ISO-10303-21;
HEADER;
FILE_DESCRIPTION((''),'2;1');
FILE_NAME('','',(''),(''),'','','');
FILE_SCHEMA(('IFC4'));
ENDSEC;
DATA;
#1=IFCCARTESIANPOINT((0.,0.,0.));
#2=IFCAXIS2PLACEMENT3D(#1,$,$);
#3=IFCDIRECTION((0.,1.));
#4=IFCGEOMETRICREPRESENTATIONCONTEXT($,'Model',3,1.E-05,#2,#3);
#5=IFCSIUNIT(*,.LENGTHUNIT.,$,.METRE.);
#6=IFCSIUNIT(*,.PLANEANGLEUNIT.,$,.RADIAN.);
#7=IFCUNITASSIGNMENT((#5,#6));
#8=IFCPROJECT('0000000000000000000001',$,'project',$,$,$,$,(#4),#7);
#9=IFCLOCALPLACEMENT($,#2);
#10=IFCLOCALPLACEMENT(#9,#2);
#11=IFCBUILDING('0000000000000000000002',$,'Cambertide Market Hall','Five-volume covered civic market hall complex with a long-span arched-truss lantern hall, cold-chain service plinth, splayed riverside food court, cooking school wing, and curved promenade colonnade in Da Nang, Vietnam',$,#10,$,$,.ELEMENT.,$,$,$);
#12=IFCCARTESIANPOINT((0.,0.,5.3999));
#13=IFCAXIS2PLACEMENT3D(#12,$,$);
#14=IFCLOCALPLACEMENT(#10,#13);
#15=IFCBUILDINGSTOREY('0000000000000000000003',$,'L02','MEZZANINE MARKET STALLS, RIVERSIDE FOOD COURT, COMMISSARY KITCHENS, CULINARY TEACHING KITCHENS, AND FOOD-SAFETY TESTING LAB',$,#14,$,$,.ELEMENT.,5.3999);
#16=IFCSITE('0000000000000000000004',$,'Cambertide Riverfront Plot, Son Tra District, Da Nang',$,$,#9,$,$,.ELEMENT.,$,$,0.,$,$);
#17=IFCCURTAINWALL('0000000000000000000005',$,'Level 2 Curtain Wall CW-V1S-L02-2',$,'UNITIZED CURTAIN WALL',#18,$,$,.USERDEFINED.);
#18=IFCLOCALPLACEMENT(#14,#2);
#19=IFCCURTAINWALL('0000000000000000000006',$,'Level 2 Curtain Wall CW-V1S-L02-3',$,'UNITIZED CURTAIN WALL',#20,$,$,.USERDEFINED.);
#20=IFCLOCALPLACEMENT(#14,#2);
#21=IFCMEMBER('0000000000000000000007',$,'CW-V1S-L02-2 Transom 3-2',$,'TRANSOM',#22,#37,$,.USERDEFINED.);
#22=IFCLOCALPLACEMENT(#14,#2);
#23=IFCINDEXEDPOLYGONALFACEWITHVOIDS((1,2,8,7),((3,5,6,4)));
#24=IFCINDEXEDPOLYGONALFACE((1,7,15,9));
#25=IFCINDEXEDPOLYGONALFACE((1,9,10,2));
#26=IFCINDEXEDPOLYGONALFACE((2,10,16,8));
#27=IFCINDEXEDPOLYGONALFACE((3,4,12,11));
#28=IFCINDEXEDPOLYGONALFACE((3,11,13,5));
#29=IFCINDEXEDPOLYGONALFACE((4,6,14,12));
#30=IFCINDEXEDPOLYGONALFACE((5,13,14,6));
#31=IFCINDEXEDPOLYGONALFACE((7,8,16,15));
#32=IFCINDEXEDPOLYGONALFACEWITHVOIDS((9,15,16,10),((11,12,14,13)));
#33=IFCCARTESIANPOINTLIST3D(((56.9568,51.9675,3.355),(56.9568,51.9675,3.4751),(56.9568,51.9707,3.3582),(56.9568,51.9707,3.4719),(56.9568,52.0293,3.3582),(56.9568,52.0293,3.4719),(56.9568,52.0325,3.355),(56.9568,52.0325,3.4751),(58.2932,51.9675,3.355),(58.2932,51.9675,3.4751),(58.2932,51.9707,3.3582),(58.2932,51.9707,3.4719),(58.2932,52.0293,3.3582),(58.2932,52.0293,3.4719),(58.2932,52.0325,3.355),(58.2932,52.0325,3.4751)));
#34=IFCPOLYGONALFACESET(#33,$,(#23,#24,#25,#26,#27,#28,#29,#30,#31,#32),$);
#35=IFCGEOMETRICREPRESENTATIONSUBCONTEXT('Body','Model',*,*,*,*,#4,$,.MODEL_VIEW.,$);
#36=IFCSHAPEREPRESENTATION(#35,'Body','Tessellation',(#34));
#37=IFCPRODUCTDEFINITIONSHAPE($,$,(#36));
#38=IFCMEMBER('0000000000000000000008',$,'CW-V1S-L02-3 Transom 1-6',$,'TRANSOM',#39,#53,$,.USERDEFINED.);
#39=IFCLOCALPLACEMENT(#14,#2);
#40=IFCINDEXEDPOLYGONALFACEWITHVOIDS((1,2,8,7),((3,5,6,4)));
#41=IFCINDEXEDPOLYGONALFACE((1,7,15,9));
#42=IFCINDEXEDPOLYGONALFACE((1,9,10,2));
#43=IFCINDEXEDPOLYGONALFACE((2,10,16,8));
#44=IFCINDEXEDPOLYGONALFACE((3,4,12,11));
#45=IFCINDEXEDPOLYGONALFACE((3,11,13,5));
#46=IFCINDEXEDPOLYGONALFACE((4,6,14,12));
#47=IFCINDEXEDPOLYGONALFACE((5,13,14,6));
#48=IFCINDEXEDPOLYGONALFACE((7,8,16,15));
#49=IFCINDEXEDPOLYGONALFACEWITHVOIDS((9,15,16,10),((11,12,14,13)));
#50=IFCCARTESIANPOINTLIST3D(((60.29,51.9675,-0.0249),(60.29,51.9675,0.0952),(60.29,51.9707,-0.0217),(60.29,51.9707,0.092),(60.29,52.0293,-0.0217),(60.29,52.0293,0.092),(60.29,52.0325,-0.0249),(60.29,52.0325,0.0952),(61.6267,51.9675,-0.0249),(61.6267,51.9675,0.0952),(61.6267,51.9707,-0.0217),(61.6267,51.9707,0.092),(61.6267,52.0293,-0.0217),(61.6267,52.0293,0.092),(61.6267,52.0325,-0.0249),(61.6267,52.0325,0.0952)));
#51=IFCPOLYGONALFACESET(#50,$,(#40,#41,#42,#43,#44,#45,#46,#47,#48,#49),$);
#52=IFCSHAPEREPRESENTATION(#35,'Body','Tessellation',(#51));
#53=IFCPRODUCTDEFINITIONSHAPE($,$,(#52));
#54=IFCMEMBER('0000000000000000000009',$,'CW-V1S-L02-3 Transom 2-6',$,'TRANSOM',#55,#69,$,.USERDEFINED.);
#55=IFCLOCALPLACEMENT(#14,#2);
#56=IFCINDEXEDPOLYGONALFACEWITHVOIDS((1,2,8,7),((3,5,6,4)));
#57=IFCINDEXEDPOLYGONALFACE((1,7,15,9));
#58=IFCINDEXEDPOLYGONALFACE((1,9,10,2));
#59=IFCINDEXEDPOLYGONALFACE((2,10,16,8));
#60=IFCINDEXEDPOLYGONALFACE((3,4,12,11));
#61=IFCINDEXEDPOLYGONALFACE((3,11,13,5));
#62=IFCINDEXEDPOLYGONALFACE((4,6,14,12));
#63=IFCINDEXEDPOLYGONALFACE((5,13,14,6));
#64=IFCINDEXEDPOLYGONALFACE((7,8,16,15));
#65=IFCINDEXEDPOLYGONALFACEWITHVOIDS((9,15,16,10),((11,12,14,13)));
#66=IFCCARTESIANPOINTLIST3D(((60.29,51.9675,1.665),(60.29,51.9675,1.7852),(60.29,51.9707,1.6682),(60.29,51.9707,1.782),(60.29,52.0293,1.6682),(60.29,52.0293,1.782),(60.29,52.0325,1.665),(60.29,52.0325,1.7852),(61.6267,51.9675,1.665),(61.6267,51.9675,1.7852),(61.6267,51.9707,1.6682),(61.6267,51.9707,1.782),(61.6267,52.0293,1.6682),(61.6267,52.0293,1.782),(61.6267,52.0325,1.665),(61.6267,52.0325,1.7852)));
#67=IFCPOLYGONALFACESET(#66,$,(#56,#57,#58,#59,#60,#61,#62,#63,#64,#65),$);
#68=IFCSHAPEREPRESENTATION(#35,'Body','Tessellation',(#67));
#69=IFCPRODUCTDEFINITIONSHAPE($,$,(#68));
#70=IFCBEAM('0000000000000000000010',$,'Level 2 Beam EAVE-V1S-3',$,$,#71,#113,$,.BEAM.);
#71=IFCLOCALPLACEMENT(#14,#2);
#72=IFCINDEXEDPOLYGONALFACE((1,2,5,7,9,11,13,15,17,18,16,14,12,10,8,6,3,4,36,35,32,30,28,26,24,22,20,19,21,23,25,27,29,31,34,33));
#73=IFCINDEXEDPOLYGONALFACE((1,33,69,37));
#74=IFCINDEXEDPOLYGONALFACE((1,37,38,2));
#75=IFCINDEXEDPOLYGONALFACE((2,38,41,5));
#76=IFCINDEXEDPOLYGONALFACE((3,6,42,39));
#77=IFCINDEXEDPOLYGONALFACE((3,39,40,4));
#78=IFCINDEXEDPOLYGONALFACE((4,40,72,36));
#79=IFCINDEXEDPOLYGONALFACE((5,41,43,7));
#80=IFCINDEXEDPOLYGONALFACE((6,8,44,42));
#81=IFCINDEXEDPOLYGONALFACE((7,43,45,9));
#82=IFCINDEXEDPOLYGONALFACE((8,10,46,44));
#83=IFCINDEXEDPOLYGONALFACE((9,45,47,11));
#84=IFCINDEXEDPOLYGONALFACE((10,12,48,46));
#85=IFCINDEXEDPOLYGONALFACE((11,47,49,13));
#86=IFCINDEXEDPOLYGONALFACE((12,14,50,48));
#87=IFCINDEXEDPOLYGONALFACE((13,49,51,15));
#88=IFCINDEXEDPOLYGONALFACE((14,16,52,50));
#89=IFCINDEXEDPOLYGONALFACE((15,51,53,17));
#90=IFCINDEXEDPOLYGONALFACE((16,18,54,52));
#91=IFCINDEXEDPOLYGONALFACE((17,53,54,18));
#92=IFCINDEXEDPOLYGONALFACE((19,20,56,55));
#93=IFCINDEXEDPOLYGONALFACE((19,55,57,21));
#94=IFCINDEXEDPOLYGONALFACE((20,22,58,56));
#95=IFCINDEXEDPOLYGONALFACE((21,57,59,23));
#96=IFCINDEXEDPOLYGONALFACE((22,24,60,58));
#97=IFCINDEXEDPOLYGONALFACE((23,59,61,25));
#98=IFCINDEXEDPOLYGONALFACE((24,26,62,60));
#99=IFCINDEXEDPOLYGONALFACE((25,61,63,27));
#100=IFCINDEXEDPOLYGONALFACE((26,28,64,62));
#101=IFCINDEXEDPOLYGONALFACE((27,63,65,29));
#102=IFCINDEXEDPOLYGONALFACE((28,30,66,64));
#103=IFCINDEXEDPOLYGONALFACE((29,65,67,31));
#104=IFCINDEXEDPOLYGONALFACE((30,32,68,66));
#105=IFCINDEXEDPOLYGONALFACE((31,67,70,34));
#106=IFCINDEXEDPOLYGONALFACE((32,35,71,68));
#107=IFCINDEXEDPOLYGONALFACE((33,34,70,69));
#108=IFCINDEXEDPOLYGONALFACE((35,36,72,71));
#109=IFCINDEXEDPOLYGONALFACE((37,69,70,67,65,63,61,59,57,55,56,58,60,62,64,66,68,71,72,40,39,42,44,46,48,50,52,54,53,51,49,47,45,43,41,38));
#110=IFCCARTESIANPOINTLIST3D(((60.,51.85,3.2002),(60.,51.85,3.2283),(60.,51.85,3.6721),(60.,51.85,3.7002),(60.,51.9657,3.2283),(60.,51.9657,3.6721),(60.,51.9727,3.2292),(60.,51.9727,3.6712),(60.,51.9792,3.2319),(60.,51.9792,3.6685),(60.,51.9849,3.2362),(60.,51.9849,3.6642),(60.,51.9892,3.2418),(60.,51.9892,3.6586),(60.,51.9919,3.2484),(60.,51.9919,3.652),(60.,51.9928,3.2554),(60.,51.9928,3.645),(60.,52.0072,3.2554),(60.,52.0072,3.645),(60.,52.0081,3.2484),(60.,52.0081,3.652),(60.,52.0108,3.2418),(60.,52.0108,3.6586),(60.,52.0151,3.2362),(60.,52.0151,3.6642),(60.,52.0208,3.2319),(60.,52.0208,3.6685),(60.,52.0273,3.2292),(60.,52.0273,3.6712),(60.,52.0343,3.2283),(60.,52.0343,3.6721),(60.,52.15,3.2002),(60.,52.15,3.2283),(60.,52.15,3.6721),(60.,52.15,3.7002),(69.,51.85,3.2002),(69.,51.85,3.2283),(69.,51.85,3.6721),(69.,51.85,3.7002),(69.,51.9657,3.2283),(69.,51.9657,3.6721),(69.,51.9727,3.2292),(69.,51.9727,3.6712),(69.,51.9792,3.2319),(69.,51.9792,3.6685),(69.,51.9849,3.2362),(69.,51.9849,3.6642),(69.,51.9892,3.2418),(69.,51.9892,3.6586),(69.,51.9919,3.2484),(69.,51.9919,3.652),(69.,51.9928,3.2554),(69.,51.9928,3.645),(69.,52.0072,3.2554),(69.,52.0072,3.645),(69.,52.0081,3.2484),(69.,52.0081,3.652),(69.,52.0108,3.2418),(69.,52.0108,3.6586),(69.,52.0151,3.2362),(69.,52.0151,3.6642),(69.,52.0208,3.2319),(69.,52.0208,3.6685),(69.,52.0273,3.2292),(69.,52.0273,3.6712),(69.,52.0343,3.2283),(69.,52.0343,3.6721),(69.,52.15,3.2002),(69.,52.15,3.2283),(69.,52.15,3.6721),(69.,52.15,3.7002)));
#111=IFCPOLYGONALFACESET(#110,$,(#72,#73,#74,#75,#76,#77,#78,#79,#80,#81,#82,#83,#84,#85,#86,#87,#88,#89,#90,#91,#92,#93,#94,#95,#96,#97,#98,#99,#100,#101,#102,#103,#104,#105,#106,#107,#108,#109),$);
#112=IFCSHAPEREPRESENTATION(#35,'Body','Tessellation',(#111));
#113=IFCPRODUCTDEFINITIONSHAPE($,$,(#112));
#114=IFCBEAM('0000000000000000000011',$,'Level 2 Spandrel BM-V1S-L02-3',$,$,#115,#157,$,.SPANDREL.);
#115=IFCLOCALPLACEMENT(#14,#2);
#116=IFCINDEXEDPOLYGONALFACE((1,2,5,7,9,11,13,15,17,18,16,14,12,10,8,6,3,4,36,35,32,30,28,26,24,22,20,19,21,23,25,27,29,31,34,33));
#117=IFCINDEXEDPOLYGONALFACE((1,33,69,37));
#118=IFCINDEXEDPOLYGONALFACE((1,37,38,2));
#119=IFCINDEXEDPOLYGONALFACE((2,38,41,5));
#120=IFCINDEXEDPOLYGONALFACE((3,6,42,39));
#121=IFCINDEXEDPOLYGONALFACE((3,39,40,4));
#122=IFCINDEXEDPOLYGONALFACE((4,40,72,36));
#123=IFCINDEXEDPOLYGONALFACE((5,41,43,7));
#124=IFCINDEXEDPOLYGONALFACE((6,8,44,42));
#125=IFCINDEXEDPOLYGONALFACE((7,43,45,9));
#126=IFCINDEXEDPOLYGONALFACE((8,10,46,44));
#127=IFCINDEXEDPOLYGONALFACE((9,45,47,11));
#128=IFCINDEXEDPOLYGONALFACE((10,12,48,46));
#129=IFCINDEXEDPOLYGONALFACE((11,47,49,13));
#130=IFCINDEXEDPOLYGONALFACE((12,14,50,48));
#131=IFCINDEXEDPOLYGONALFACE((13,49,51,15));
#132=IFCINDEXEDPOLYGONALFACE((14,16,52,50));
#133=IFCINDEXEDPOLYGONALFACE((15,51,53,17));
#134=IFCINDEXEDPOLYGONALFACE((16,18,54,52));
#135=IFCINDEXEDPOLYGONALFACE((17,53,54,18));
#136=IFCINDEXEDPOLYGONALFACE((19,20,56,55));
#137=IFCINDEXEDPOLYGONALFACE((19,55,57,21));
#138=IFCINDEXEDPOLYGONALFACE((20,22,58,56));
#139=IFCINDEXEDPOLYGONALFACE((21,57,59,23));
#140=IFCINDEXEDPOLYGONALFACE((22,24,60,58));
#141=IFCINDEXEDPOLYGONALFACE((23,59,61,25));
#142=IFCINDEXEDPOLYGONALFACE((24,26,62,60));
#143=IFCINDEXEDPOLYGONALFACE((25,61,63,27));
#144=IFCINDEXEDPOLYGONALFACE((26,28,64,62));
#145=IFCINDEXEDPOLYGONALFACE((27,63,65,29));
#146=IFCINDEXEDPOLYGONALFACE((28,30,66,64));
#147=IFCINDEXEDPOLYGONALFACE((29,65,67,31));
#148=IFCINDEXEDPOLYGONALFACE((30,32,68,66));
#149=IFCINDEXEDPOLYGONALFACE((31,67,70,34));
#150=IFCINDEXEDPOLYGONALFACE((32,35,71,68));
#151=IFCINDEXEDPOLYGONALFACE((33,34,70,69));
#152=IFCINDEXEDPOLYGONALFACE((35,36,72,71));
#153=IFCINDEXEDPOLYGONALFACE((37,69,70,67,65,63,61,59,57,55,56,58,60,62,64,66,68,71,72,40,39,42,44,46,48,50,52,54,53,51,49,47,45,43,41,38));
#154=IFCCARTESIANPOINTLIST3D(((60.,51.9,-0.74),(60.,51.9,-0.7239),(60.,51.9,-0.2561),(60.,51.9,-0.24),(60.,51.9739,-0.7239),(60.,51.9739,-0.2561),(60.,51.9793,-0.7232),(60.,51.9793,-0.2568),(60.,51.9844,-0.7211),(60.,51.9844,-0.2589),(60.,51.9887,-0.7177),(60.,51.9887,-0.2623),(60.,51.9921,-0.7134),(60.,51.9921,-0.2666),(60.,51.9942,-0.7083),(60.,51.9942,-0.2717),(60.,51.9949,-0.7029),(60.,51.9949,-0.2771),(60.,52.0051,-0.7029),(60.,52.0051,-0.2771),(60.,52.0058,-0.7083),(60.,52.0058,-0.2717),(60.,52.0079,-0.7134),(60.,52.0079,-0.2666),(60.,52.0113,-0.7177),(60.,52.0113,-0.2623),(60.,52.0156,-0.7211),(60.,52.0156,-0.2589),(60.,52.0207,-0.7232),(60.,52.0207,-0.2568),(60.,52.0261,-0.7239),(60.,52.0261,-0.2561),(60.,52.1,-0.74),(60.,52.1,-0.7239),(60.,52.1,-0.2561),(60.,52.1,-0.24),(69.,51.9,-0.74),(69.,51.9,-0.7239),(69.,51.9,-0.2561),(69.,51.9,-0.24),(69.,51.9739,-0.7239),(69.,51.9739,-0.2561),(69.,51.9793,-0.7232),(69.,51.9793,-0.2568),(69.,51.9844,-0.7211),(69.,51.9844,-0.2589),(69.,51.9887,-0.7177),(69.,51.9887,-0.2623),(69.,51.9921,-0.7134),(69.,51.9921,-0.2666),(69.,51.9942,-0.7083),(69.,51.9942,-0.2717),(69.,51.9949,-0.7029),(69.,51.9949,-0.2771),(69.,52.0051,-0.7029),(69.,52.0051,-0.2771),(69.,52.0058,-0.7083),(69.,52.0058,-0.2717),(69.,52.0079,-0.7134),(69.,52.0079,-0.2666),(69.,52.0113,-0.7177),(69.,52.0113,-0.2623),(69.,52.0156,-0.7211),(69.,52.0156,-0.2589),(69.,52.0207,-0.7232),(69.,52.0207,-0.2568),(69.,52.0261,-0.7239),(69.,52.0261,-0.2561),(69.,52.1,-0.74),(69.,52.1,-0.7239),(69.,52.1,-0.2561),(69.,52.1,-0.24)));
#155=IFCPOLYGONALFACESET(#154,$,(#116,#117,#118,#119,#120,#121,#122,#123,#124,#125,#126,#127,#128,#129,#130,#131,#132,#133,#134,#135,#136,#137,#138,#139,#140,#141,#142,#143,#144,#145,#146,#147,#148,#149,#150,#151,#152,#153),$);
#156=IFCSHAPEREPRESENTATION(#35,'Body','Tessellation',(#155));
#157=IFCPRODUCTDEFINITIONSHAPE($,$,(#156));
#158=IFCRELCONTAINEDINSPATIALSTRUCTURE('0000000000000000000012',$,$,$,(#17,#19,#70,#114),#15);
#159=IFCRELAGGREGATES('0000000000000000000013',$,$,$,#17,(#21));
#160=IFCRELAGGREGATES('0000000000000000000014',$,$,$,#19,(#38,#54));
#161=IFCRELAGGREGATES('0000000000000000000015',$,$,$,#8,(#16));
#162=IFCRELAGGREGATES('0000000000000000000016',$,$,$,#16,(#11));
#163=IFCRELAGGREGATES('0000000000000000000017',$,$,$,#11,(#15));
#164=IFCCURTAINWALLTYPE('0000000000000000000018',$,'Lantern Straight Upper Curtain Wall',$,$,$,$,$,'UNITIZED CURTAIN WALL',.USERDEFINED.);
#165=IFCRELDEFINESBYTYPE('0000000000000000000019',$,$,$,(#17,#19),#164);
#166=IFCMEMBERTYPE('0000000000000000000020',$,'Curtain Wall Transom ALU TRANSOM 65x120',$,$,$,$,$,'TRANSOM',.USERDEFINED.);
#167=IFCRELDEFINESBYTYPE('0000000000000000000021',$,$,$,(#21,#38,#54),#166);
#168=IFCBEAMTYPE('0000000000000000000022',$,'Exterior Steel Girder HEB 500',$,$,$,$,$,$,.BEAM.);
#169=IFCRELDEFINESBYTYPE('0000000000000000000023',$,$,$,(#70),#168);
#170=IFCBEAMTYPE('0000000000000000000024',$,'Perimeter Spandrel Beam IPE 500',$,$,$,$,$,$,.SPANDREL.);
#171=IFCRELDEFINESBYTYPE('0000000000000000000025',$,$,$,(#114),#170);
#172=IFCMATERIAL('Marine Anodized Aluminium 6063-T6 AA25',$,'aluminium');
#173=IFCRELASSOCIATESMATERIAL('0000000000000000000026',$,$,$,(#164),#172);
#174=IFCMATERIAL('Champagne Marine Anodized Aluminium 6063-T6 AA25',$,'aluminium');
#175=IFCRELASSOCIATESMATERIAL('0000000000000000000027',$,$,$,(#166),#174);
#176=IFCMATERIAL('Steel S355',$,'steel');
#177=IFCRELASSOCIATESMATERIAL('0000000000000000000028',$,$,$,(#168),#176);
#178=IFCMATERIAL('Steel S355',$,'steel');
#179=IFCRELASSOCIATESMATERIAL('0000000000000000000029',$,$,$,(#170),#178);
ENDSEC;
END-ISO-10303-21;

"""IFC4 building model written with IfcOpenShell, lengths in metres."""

from ifc_helpers import new_model, si_unit, direction, frame, origin, origin_2d, place, context, subcontext, project, spatial, hollow_rectangle, i_section, extrude, material, material_profile, profile_set, type_object, element, aggregate, save


model = new_model("IFC4")

# Units and contexts
model_context = context("Model", 3, precision=1e-05, world=origin(), true_north=direction((0.0, 1.0)))
body_context = subcontext(model_context, "Body", "Model", "MODEL_VIEW")
ifc_project = project(units=[si_unit("LENGTHUNIT", "METRE"), si_unit("PLANEANGLEUNIT", "RADIAN")], contexts=[model_context])

# Site, building, storey
site_placement = place(None, origin())
site = spatial("IfcSite", under=ifc_project, at=site_placement, Name="Cambertide Riverfront Plot, Son Tra District, Da Nang", CompositionType="ELEMENT", RefElevation=0.0)
building_placement = place(site_placement, origin())
building = spatial("IfcBuilding", under=site, at=building_placement, Name="Cambertide Market Hall", Description="Five-volume covered civic market hall complex with a long-span arched-truss lantern hall, cold-chain service plinth, splayed riverside food court, cooking school wing, and curved promenade colonnade in Da Nang, Vietnam", CompositionType="ELEMENT")
storey_placement = place(building_placement, frame((0.0, 0.0, 5.3999)))
storey = spatial("IfcBuildingStorey", under=building, at=storey_placement, Name="L02", Description="MEZZANINE MARKET STALLS, RIVERSIDE FOOD COURT, COMMISSARY KITCHENS, CULINARY TEACHING KITCHENS, AND FOOD-SAFETY TESTING LAB", CompositionType="ELEMENT", Elevation=5.3999)

# Curtain wall
ifc_material_1 = material(Name="Marine Anodized Aluminium 6063-T6 AA25", Category="aluminium")
curtain_wall_type = type_object("IfcCurtainWallType", Name="Lantern Straight Upper Curtain Wall", ElementType="UNITIZED CURTAIN WALL", PredefinedType="USERDEFINED", material=ifc_material_1)
curtain_wall_1_placement = place(storey_placement, origin())
curtain_wall_1 = element("IfcCurtainWall", 1, at=curtain_wall_1_placement, inside=storey, type_object=curtain_wall_type, Name="Level 2 Curtain Wall CW-V1S-L02-2", ObjectType="UNITIZED CURTAIN WALL", PredefinedType="USERDEFINED")

# Curtain wall
curtain_wall_2_placement = place(storey_placement, origin())
curtain_wall_2 = element("IfcCurtainWall", 2, at=curtain_wall_2_placement, inside=storey, type_object=curtain_wall_type, Name="Level 2 Curtain Wall CW-V1S-L02-3", ObjectType="UNITIZED CURTAIN WALL", PredefinedType="USERDEFINED")

# Members
ifc_material_2 = material(Name="Champagne Marine Anodized Aluminium 6063-T6 AA25", Category="aluminium")
ifc_material_profile_1 = material_profile(ifc_material_2, hollow_rectangle(XDim=0.0649, YDim=0.1201, WallThickness=0.0032, at=origin_2d()), Name="ALU TRANSOM 65x120")
ifc_profile_set_1 = profile_set([ifc_material_profile_1], Name="Champagne Marine Anodized Aluminium 6063-T6 AA25")
member_type_1 = type_object("IfcMemberType", Name="Curtain Wall Transom ALU TRANSOM 65x120", ElementType="TRANSOM", PredefinedType="USERDEFINED", material=ifc_profile_set_1)
member_1_placement = place(storey_placement, frame((58.2932, 52.0, 3.415), z_axis=(-1.0, 0.0, 0.0), x_axis=(0.0, -1.0, 0.0)))
member_1 = element("IfcMember", 3, at=member_1_placement, type_object=member_type_1, Name="CW-V1S-L02-2 Transom 3-2", ObjectType="TRANSOM", PredefinedType="USERDEFINED", context=body_context, shape_type="SweptSolid", body=[
    extrude(hollow_rectangle(XDim=0.0649, YDim=0.1201, WallThickness=0.0032, at=origin_2d()), origin(), (0.0, 0.0, 1.0), 1.3364),
])
member_2_placement = place(storey_placement, frame((61.6267, 52.0, 0.0352), z_axis=(-1.0, 0.0, 0.0), x_axis=(0.0, -1.0, 0.0)))
member_2 = element("IfcMember", 4, at=member_2_placement, type_object=member_type_1, Name="CW-V1S-L02-3 Transom 1-6", ObjectType="TRANSOM", PredefinedType="USERDEFINED", context=body_context, shape_type="SweptSolid", body=[
    extrude(hollow_rectangle(XDim=0.0649, YDim=0.1201, WallThickness=0.0032, at=origin_2d()), origin(), (0.0, 0.0, 1.0), 1.3367),
])
member_3_placement = place(storey_placement, frame((61.6267, 52.0, 1.7251), z_axis=(-1.0, 0.0, 0.0), x_axis=(0.0, -1.0, 0.0)))
member_3 = element("IfcMember", 5, at=member_3_placement, type_object=member_type_1, Name="CW-V1S-L02-3 Transom 2-6", ObjectType="TRANSOM", PredefinedType="USERDEFINED", context=body_context, shape_type="SweptSolid", body=[
    extrude(hollow_rectangle(XDim=0.0649, YDim=0.1201, WallThickness=0.0032, at=origin_2d()), origin(), (0.0, 0.0, 1.0), 1.3367),
])

# Beams
ifc_material_3 = material(Name="Steel S355", Category="steel")
ifc_material_profile_2 = material_profile(ifc_material_3, i_section(OverallWidth=0.3, OverallDepth=0.5, WebThickness=0.0144, FlangeThickness=0.0281, FilletRadius=0.0271, at=origin_2d()), Name="HEB 500")
ifc_profile_set_2 = profile_set([ifc_material_profile_2], Name="Steel S355")
beam_type_1 = type_object("IfcBeamType", Name="Exterior Steel Girder HEB 500", PredefinedType="BEAM", material=ifc_profile_set_2)
beam_1_placement = place(storey_placement, frame((60.0, 52.0, 3.4502), z_axis=(1.0, 0.0, 0.0), x_axis=(0.0, 1.0, 0.0)))
element("IfcBeam", 6, at=beam_1_placement, inside=storey, type_object=beam_type_1, Name="Level 2 Beam EAVE-V1S-3", PredefinedType="BEAM", context=body_context, shape_type="SweptSolid", body=[
    extrude(i_section(OverallWidth=0.3, OverallDepth=0.5, WebThickness=0.0144, FlangeThickness=0.0281, FilletRadius=0.0271, at=origin_2d()), origin(), (0.0, 0.0, 1.0), 9.0),
])
ifc_material_4 = material(Name="Steel S355", Category="steel")
ifc_material_profile_3 = material_profile(ifc_material_4, i_section(OverallWidth=0.2, OverallDepth=0.5, WebThickness=0.0103, FlangeThickness=0.0161, FilletRadius=0.021, at=origin_2d()), Name="IPE 500")
ifc_profile_set_3 = profile_set([ifc_material_profile_3], Name="Steel S355")
beam_type_2 = type_object("IfcBeamType", Name="Perimeter Spandrel Beam IPE 500", PredefinedType="SPANDREL", material=ifc_profile_set_3)
beam_2_placement = place(storey_placement, frame((60.0, 52.0, -0.49), z_axis=(1.0, 0.0, 0.0), x_axis=(0.0, 1.0, 0.0)))
element("IfcBeam", 7, at=beam_2_placement, inside=storey, type_object=beam_type_2, Name="Level 2 Spandrel BM-V1S-L02-3", PredefinedType="SPANDREL", context=body_context, shape_type="SweptSolid", body=[
    extrude(i_section(OverallWidth=0.2, OverallDepth=0.5, WebThickness=0.0103, FlangeThickness=0.0161, FilletRadius=0.021, at=origin_2d()), origin(), (0.0, 0.0, 1.0), 9.0),
])

aggregate(curtain_wall_1, [member_1])
aggregate(curtain_wall_2, [member_2, member_3])

save(model, "model.ifc")
